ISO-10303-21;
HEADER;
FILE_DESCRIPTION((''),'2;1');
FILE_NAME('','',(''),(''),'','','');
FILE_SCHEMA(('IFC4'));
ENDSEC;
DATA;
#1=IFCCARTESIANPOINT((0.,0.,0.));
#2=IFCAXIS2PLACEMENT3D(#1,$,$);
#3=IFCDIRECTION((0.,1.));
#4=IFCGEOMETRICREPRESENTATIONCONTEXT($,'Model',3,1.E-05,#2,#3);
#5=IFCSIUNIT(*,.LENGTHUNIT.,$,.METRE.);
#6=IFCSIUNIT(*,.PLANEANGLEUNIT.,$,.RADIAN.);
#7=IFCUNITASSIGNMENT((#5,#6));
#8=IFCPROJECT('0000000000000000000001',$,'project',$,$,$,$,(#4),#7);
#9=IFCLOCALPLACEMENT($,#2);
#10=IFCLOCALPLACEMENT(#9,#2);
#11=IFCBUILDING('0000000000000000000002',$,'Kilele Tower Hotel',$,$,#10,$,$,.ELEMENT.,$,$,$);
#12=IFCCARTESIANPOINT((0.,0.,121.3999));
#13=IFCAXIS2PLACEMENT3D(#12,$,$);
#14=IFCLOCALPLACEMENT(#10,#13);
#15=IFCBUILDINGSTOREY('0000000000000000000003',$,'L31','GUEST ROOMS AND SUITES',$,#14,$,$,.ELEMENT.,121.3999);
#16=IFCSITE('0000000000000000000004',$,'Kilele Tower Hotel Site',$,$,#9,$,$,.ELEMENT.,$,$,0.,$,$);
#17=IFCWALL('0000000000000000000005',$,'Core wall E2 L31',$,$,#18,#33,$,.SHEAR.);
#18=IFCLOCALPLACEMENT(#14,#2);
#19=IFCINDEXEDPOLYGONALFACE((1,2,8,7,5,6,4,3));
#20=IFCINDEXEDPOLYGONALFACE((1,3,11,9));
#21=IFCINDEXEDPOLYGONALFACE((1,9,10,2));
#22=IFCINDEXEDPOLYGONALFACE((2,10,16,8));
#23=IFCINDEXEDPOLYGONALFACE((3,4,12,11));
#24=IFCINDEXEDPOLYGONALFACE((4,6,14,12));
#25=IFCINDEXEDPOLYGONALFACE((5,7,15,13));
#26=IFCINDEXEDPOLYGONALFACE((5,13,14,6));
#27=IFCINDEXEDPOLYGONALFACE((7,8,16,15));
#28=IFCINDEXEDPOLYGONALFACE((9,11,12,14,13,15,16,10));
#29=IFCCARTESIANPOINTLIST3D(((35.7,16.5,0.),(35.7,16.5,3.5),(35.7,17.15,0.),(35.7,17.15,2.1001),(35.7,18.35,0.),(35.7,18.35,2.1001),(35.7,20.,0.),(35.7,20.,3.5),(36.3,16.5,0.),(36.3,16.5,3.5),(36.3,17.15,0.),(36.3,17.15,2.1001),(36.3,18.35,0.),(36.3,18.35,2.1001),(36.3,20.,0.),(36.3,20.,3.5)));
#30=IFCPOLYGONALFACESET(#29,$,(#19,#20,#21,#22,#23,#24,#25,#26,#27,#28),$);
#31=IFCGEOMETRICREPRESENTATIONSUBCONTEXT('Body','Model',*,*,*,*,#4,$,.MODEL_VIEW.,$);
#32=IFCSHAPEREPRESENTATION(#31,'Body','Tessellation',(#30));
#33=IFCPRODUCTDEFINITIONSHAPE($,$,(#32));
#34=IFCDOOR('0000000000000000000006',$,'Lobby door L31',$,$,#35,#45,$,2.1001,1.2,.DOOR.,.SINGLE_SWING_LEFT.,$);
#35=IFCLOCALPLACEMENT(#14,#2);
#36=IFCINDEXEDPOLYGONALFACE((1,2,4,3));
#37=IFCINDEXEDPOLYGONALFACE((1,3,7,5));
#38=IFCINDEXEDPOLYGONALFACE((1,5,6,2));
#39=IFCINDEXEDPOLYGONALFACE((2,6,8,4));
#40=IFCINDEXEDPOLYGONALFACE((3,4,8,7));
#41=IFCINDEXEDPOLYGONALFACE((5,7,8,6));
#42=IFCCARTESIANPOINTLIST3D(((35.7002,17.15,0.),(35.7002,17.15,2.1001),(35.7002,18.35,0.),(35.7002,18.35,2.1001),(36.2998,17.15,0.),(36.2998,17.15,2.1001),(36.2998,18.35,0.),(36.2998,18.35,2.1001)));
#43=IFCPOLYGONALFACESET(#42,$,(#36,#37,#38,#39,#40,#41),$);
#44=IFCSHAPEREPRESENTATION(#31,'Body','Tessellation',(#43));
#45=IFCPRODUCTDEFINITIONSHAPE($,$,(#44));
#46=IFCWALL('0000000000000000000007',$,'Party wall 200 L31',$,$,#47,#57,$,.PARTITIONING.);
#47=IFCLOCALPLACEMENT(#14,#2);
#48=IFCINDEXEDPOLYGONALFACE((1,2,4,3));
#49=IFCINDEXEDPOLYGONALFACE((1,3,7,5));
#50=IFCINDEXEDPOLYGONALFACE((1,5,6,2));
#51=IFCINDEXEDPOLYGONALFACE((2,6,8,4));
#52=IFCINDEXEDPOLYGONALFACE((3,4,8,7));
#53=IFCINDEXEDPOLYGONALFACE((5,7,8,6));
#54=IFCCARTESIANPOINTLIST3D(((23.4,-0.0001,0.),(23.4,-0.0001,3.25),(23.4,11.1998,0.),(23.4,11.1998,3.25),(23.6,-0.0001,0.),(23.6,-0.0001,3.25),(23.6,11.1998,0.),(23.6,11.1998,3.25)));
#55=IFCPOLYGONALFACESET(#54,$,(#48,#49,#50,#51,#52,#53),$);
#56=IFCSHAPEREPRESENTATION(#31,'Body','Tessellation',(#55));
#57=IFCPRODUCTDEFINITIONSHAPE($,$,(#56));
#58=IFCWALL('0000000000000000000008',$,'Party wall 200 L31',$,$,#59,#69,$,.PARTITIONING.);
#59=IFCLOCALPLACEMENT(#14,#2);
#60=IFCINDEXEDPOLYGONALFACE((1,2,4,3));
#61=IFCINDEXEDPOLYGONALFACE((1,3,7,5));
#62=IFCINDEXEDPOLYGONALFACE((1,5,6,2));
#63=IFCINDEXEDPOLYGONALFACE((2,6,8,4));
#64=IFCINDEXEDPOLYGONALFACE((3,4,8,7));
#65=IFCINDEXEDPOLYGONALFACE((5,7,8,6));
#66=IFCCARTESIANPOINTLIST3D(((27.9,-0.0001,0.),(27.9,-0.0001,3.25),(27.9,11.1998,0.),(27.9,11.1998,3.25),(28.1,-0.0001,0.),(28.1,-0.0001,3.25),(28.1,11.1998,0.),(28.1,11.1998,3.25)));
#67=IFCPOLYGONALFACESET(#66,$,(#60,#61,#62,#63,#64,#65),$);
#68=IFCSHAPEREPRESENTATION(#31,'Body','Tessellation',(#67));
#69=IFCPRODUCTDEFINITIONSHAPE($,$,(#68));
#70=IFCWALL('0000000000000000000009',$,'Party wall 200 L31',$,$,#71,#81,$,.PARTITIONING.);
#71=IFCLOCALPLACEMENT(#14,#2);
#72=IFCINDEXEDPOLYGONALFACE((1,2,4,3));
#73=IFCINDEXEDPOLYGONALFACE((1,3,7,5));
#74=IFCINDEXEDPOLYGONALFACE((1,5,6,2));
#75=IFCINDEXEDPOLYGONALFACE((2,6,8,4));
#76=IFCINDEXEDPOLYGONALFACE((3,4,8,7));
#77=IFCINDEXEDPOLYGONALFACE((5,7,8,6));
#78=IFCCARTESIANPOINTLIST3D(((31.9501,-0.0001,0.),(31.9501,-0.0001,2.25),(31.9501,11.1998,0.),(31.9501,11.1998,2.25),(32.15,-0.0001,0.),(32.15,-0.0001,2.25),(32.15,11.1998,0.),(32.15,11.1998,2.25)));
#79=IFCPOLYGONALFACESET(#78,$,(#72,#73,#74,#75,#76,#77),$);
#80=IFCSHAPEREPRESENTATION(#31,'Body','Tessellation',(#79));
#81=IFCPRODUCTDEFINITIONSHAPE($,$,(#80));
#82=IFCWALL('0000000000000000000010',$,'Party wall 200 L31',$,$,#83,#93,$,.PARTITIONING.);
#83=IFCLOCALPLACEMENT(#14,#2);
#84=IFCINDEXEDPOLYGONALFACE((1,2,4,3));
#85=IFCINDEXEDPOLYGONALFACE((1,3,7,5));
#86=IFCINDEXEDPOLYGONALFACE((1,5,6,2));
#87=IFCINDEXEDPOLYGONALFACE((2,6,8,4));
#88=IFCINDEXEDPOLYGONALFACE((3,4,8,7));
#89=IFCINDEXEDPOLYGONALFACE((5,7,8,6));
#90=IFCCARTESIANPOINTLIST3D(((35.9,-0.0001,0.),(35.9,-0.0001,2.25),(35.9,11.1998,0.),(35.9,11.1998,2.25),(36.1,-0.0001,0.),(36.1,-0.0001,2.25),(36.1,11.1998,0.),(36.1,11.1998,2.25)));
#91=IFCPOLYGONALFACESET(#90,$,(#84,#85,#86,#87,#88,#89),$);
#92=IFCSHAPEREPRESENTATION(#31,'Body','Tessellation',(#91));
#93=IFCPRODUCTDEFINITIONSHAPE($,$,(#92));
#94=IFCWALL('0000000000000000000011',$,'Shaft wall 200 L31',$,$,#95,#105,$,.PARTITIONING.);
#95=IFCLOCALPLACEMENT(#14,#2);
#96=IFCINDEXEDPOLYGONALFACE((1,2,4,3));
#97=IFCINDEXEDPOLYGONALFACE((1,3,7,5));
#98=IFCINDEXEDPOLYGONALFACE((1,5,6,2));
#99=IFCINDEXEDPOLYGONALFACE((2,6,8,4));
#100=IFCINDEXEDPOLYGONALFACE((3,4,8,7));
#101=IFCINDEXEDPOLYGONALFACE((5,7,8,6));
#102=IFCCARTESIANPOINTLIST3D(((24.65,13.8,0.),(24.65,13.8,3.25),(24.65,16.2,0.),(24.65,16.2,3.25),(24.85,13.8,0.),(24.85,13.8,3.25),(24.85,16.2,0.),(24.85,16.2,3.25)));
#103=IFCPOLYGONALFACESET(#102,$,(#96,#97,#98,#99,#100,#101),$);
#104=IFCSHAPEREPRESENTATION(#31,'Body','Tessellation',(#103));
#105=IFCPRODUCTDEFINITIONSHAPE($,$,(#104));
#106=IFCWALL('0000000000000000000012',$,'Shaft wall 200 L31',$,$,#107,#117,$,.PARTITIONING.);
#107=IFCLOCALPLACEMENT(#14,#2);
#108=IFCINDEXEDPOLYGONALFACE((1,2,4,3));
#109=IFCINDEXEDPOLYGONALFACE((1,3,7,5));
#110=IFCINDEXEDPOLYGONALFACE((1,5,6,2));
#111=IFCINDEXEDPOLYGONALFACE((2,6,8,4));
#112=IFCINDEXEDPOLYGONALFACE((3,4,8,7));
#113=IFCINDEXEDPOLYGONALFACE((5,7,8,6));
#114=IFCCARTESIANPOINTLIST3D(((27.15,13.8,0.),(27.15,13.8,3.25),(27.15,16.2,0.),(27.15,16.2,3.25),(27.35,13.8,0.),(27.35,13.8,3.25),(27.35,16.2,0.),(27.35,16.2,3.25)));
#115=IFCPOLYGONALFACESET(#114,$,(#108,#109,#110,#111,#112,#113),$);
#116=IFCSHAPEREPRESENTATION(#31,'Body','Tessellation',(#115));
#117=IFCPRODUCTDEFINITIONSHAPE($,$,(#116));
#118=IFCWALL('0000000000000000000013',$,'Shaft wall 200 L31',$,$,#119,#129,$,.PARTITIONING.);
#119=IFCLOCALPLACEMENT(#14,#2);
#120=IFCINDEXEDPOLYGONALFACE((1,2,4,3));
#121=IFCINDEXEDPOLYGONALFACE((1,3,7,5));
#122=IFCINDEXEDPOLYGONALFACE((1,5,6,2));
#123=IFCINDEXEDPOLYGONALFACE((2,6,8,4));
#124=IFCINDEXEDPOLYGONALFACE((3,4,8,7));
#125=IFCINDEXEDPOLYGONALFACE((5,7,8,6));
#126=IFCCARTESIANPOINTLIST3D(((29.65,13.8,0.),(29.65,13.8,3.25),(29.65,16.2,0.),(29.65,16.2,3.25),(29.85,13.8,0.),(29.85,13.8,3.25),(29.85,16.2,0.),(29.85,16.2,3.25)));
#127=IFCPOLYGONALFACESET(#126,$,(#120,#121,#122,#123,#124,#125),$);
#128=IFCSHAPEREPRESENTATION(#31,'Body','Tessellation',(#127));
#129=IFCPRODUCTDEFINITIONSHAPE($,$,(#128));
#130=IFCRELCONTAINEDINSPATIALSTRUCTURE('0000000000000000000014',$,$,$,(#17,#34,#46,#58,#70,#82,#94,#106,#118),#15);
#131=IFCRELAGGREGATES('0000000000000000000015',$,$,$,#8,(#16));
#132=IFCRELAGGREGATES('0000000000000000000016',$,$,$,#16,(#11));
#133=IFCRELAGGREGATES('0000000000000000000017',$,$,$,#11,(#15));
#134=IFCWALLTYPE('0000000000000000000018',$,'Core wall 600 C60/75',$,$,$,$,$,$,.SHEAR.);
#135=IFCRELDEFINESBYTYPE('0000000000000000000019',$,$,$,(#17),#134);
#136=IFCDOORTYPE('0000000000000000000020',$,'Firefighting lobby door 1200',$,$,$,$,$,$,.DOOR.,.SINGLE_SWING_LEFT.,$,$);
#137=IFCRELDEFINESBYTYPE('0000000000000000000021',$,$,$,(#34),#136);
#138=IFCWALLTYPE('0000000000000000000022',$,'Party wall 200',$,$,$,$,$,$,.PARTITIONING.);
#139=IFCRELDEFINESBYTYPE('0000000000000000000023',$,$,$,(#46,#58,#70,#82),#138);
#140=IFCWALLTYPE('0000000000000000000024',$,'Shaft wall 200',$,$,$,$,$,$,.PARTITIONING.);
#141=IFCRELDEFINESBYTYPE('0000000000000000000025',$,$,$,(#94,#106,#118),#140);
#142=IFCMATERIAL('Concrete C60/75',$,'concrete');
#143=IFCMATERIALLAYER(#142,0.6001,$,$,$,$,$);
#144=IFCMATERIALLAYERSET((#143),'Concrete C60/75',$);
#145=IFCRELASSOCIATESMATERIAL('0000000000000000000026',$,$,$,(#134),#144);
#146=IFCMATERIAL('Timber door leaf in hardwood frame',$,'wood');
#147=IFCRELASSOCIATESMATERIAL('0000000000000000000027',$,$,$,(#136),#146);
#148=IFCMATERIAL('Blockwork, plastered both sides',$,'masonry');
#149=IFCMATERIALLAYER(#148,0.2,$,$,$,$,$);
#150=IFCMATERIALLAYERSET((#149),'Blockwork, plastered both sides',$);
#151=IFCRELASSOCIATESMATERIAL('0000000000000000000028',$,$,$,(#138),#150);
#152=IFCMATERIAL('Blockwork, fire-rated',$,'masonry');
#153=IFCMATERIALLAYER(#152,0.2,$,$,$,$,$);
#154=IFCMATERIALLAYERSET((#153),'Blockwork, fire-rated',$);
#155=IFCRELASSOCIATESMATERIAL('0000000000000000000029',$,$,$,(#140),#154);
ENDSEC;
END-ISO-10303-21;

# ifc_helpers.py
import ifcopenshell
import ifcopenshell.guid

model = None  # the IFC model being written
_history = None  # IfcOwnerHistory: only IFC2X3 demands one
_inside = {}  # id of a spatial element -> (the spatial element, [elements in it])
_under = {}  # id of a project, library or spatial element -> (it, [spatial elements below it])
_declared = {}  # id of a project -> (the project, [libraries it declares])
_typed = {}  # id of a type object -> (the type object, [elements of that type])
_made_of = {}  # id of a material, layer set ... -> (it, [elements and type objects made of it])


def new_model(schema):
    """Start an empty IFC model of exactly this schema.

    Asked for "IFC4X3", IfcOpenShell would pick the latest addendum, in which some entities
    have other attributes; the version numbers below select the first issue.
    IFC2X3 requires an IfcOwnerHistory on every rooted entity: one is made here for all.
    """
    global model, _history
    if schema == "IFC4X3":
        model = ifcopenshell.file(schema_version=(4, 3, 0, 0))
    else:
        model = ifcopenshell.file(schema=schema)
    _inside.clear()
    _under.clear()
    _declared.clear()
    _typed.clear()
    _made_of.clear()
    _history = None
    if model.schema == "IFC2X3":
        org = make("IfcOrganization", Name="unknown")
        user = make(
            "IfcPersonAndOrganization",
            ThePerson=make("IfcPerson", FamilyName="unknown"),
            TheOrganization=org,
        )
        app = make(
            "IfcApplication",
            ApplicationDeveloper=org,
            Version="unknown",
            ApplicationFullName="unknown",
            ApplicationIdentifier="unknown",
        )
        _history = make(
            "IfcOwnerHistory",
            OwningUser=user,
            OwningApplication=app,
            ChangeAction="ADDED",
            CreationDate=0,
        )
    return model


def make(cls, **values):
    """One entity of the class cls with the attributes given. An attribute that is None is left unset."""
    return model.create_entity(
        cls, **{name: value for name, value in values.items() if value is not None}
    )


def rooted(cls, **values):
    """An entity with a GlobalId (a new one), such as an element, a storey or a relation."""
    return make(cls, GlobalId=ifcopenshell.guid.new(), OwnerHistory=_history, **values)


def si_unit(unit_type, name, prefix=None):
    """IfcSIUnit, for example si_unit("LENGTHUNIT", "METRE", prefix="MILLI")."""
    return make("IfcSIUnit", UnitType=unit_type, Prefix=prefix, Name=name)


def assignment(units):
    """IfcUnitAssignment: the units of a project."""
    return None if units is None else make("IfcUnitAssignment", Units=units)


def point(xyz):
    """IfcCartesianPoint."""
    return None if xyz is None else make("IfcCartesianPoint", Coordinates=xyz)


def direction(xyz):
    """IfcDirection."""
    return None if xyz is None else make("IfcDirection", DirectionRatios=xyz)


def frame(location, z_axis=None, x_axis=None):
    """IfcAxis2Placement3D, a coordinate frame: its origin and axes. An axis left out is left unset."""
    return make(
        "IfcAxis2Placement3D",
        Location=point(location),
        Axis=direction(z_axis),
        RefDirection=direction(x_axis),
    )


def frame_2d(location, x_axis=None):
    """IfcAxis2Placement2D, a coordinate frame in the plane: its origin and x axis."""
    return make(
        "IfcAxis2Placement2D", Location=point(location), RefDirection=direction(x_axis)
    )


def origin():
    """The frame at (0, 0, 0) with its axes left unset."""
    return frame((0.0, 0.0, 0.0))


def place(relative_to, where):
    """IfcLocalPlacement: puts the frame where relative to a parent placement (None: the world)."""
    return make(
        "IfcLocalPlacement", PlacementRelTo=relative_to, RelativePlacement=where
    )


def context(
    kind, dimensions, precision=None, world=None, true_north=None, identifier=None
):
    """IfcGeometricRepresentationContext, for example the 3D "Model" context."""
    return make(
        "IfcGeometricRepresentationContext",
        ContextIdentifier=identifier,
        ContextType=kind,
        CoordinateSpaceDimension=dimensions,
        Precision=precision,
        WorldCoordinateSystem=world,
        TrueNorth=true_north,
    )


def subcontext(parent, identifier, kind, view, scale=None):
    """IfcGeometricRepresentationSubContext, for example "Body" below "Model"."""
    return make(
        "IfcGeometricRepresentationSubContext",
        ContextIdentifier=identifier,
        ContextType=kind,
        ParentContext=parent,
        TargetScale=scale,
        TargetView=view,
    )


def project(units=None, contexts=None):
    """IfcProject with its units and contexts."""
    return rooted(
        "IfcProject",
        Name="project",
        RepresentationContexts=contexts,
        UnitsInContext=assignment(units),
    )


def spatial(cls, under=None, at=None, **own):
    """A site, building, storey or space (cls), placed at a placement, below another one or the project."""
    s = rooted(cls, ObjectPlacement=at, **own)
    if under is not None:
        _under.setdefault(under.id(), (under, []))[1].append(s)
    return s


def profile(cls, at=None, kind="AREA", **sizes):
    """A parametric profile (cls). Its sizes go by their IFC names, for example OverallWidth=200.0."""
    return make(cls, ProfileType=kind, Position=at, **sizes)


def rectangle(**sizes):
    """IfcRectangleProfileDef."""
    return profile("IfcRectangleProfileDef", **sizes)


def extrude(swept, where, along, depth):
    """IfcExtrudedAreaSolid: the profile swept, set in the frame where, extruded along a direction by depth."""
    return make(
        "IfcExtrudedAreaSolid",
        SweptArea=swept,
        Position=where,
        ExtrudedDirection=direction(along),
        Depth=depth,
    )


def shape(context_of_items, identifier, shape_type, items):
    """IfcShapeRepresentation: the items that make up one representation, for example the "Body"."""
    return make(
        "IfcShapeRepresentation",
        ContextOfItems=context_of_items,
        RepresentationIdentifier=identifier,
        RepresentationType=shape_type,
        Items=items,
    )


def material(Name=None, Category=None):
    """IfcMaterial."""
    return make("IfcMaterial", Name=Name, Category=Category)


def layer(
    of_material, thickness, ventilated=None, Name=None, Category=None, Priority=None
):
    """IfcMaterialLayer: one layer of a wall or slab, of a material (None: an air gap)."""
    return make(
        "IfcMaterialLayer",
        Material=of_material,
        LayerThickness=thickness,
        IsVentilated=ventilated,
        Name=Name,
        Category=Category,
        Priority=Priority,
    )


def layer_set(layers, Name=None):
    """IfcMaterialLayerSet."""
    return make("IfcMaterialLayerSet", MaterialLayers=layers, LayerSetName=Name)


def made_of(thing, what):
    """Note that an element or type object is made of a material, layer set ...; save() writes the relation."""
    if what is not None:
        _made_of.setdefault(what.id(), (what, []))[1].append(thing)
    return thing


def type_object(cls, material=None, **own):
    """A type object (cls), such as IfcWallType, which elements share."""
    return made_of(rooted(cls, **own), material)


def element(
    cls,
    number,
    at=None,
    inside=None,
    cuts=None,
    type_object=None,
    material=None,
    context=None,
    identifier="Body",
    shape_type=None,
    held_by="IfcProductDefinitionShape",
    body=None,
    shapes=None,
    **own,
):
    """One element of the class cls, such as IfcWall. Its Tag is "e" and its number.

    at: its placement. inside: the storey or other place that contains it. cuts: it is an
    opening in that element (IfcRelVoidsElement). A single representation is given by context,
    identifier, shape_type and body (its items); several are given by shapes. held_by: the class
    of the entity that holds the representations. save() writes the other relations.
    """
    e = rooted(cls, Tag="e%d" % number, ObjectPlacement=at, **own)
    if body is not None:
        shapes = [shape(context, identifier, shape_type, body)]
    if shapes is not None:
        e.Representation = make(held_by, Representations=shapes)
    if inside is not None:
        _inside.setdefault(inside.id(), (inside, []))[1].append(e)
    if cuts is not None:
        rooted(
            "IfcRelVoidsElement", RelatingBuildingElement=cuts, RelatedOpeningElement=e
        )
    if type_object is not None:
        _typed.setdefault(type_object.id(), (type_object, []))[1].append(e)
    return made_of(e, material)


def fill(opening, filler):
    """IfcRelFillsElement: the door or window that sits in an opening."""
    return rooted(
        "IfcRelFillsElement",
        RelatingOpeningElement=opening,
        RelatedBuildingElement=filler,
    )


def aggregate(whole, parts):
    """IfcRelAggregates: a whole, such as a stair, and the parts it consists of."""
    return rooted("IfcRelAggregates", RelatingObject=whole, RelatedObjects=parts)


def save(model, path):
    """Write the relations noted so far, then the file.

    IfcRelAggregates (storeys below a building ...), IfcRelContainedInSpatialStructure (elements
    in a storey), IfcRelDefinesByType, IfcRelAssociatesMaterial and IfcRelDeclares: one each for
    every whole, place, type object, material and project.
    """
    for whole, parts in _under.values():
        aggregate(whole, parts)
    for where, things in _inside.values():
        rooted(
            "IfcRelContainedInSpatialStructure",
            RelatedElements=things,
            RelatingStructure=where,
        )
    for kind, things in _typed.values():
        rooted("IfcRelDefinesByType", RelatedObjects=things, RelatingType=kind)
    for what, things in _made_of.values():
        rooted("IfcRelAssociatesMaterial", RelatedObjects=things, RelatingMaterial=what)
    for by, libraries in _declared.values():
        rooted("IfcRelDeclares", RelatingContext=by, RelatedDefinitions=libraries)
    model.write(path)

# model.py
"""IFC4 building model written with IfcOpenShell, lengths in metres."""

from ifc_helpers import new_model, si_unit, direction, frame, frame_2d, origin, place, context, subcontext, project, spatial, rectangle, extrude, material, layer, layer_set, type_object, element, fill, save


model = new_model("IFC4")

# Units and contexts
model_context = context("Model", 3, precision=1e-05, world=origin(), true_north=direction((0.0, 1.0)))
body_context = subcontext(model_context, "Body", "Model", "MODEL_VIEW")
ifc_project = project(units=[si_unit("LENGTHUNIT", "METRE"), si_unit("PLANEANGLEUNIT", "RADIAN")], contexts=[model_context])

# Site, building, storey
site_placement = place(None, origin())
site = spatial("IfcSite", under=ifc_project, at=site_placement, Name="Kilele Tower Hotel Site", CompositionType="ELEMENT", RefElevation=0.0)
building_placement = place(site_placement, origin())
building = spatial("IfcBuilding", under=site, at=building_placement, Name="Kilele Tower Hotel", CompositionType="ELEMENT")
storey_placement = place(building_placement, frame((0.0, 0.0, 121.3999)))
storey = spatial("IfcBuildingStorey", under=building, at=storey_placement, Name="L31", Description="GUEST ROOMS AND SUITES", CompositionType="ELEMENT", Elevation=121.3999)

# Shared definitions
ifc_material_1 = material(Name="Concrete C60/75", Category="concrete")
ifc_layer_1 = layer(ifc_material_1, 0.6001)
ifc_layer_set_1 = layer_set([ifc_layer_1], Name="Concrete C60/75")
wall_type_1 = type_object("IfcWallType", Name="Core wall 600 C60/75", PredefinedType="SHEAR", material=ifc_layer_set_1)
ifc_material_2 = material(Name="Timber door leaf in hardwood frame", Category="wood")
door_type_1 = type_object("IfcDoorType", Name="Firefighting lobby door 1200", OperationType="SINGLE_SWING_LEFT", PredefinedType="DOOR", material=ifc_material_2)

# Wall, opening, door
wall_1_placement = place(storey_placement, frame((36.0, 16.5, 0.0), z_axis=(0.0, 0.0, 1.0), x_axis=(0.0, 1.0, 0.0)))
wall_1 = element("IfcWall", 1, at=wall_1_placement, inside=storey, type_object=wall_type_1, Name="Core wall E2 L31", PredefinedType="SHEAR", context=body_context, shape_type="SweptSolid", body=[
    extrude(rectangle(XDim=3.5, YDim=0.6001, at=frame_2d((1.75, 0.0))), origin(), (0.0, 0.0, 1.0), 3.5),
])
opening_1_placement = place(wall_1_placement, frame((0.6499, 0.0, 0.0)))
opening_1 = element("IfcOpeningElement", 2, at=opening_1_placement, cuts=wall_1, PredefinedType="OPENING", context=body_context, shape_type="SweptSolid", body=[
    extrude(rectangle(XDim=1.2, YDim=2.1001, at=frame_2d((0.6001, 1.05))), frame((0.0, 0.3101, 0.0), z_axis=(0.0, -1.0, 0.0), x_axis=(1.0, 0.0, 0.0)), (0.0, 0.0, 1.0), 0.6201),
])
door_1_placement = place(opening_1_placement, origin())
door_1 = element("IfcDoor", 3, at=door_1_placement, inside=storey, type_object=door_type_1, Name="Lobby door L31", OperationType="SINGLE_SWING_LEFT", OverallHeight=2.1001, OverallWidth=1.2, PredefinedType="DOOR", context=body_context, shape_type="SweptSolid", body=[
    extrude(rectangle(XDim=1.2, YDim=2.1001, at=frame_2d((0.6001, 1.05))), frame((0.0, 0.2998, 0.0), z_axis=(0.0, -1.0, 0.0), x_axis=(1.0, 0.0, 0.0)), (0.0, 0.0, 1.0), 0.5996),
])
fill(opening_1, door_1)

# Walls
ifc_material_3 = material(Name="Blockwork, plastered both sides", Category="masonry")
ifc_layer_2 = layer(ifc_material_3, 0.2)
ifc_layer_set_2 = layer_set([ifc_layer_2], Name="Blockwork, plastered both sides")
wall_type_2 = type_object("IfcWallType", Name="Party wall 200", PredefinedType="PARTITIONING", material=ifc_layer_set_2)
for number, where, z_axis, x_axis, name in (
    (4, (23.5, 11.2, 0.0), (0.0, 0.0, 1.0), (0.0, -1.0, 0.0), "Party wall 200 L31"),
    (5, (28.0, 11.2, 0.0), (0.0, 0.0, 1.0), (0.0, -1.0, 0.0), "Party wall 200 L31"),
):
    element("IfcWall", number, at=place(storey_placement, frame(where, z_axis=z_axis, x_axis=x_axis)), inside=storey, type_object=wall_type_2, Name=name, PredefinedType="PARTITIONING", context=body_context, shape_type="SweptSolid", body=[
        extrude(rectangle(XDim=11.2, YDim=0.2, at=frame_2d((5.6001, 0.0))), origin(), (0.0, 0.0, 1.0), 3.25),
    ])
for number, where, z_axis, x_axis, name in (
    (6, (32.05, 11.2, 0.0), (0.0, 0.0, 1.0), (0.0, -1.0, 0.0), "Party wall 200 L31"),
    (7, (36.0, 11.2, 0.0), (0.0, 0.0, 1.0), (0.0, -1.0, 0.0), "Party wall 200 L31"),
):
    element("IfcWall", number, at=place(storey_placement, frame(where, z_axis=z_axis, x_axis=x_axis)), inside=storey, type_object=wall_type_2, Name=name, PredefinedType="PARTITIONING", context=body_context, shape_type="SweptSolid", body=[
        extrude(rectangle(XDim=11.2, YDim=0.2, at=frame_2d((5.6001, 0.0))), origin(), (0.0, 0.0, 1.0), 2.25),
    ])
ifc_material_4 = material(Name="Blockwork, fire-rated", Category="masonry")
ifc_layer_3 = layer(ifc_material_4, 0.2)
ifc_layer_set_3 = layer_set([ifc_layer_3], Name="Blockwork, fire-rated")
wall_type_3 = type_object("IfcWallType", Name="Shaft wall 200", PredefinedType="PARTITIONING", material=ifc_layer_set_3)
for number, where, z_axis, x_axis, name in (
    (8, (24.75, 13.8, 0.0), (0.0, 0.0, 1.0), (0.0, 1.0, 0.0), "Shaft wall 200 L31"),
    (9, (27.25, 13.8, 0.0), (0.0, 0.0, 1.0), (0.0, 1.0, 0.0), "Shaft wall 200 L31"),
    (10, (29.75, 13.8, 0.0), (0.0, 0.0, 1.0), (0.0, 1.0, 0.0), "Shaft wall 200 L31"),
):
    element("IfcWall", number, at=place(storey_placement, frame(where, z_axis=z_axis, x_axis=x_axis)), inside=storey, type_object=wall_type_3, Name=name, PredefinedType="PARTITIONING", context=body_context, shape_type="SweptSolid", body=[
        extrude(rectangle(XDim=2.3999, YDim=0.2, at=frame_2d((1.2, 0.0))), origin(), (0.0, 0.0, 1.0), 3.25),
    ])

save(model, "model.ifc")
